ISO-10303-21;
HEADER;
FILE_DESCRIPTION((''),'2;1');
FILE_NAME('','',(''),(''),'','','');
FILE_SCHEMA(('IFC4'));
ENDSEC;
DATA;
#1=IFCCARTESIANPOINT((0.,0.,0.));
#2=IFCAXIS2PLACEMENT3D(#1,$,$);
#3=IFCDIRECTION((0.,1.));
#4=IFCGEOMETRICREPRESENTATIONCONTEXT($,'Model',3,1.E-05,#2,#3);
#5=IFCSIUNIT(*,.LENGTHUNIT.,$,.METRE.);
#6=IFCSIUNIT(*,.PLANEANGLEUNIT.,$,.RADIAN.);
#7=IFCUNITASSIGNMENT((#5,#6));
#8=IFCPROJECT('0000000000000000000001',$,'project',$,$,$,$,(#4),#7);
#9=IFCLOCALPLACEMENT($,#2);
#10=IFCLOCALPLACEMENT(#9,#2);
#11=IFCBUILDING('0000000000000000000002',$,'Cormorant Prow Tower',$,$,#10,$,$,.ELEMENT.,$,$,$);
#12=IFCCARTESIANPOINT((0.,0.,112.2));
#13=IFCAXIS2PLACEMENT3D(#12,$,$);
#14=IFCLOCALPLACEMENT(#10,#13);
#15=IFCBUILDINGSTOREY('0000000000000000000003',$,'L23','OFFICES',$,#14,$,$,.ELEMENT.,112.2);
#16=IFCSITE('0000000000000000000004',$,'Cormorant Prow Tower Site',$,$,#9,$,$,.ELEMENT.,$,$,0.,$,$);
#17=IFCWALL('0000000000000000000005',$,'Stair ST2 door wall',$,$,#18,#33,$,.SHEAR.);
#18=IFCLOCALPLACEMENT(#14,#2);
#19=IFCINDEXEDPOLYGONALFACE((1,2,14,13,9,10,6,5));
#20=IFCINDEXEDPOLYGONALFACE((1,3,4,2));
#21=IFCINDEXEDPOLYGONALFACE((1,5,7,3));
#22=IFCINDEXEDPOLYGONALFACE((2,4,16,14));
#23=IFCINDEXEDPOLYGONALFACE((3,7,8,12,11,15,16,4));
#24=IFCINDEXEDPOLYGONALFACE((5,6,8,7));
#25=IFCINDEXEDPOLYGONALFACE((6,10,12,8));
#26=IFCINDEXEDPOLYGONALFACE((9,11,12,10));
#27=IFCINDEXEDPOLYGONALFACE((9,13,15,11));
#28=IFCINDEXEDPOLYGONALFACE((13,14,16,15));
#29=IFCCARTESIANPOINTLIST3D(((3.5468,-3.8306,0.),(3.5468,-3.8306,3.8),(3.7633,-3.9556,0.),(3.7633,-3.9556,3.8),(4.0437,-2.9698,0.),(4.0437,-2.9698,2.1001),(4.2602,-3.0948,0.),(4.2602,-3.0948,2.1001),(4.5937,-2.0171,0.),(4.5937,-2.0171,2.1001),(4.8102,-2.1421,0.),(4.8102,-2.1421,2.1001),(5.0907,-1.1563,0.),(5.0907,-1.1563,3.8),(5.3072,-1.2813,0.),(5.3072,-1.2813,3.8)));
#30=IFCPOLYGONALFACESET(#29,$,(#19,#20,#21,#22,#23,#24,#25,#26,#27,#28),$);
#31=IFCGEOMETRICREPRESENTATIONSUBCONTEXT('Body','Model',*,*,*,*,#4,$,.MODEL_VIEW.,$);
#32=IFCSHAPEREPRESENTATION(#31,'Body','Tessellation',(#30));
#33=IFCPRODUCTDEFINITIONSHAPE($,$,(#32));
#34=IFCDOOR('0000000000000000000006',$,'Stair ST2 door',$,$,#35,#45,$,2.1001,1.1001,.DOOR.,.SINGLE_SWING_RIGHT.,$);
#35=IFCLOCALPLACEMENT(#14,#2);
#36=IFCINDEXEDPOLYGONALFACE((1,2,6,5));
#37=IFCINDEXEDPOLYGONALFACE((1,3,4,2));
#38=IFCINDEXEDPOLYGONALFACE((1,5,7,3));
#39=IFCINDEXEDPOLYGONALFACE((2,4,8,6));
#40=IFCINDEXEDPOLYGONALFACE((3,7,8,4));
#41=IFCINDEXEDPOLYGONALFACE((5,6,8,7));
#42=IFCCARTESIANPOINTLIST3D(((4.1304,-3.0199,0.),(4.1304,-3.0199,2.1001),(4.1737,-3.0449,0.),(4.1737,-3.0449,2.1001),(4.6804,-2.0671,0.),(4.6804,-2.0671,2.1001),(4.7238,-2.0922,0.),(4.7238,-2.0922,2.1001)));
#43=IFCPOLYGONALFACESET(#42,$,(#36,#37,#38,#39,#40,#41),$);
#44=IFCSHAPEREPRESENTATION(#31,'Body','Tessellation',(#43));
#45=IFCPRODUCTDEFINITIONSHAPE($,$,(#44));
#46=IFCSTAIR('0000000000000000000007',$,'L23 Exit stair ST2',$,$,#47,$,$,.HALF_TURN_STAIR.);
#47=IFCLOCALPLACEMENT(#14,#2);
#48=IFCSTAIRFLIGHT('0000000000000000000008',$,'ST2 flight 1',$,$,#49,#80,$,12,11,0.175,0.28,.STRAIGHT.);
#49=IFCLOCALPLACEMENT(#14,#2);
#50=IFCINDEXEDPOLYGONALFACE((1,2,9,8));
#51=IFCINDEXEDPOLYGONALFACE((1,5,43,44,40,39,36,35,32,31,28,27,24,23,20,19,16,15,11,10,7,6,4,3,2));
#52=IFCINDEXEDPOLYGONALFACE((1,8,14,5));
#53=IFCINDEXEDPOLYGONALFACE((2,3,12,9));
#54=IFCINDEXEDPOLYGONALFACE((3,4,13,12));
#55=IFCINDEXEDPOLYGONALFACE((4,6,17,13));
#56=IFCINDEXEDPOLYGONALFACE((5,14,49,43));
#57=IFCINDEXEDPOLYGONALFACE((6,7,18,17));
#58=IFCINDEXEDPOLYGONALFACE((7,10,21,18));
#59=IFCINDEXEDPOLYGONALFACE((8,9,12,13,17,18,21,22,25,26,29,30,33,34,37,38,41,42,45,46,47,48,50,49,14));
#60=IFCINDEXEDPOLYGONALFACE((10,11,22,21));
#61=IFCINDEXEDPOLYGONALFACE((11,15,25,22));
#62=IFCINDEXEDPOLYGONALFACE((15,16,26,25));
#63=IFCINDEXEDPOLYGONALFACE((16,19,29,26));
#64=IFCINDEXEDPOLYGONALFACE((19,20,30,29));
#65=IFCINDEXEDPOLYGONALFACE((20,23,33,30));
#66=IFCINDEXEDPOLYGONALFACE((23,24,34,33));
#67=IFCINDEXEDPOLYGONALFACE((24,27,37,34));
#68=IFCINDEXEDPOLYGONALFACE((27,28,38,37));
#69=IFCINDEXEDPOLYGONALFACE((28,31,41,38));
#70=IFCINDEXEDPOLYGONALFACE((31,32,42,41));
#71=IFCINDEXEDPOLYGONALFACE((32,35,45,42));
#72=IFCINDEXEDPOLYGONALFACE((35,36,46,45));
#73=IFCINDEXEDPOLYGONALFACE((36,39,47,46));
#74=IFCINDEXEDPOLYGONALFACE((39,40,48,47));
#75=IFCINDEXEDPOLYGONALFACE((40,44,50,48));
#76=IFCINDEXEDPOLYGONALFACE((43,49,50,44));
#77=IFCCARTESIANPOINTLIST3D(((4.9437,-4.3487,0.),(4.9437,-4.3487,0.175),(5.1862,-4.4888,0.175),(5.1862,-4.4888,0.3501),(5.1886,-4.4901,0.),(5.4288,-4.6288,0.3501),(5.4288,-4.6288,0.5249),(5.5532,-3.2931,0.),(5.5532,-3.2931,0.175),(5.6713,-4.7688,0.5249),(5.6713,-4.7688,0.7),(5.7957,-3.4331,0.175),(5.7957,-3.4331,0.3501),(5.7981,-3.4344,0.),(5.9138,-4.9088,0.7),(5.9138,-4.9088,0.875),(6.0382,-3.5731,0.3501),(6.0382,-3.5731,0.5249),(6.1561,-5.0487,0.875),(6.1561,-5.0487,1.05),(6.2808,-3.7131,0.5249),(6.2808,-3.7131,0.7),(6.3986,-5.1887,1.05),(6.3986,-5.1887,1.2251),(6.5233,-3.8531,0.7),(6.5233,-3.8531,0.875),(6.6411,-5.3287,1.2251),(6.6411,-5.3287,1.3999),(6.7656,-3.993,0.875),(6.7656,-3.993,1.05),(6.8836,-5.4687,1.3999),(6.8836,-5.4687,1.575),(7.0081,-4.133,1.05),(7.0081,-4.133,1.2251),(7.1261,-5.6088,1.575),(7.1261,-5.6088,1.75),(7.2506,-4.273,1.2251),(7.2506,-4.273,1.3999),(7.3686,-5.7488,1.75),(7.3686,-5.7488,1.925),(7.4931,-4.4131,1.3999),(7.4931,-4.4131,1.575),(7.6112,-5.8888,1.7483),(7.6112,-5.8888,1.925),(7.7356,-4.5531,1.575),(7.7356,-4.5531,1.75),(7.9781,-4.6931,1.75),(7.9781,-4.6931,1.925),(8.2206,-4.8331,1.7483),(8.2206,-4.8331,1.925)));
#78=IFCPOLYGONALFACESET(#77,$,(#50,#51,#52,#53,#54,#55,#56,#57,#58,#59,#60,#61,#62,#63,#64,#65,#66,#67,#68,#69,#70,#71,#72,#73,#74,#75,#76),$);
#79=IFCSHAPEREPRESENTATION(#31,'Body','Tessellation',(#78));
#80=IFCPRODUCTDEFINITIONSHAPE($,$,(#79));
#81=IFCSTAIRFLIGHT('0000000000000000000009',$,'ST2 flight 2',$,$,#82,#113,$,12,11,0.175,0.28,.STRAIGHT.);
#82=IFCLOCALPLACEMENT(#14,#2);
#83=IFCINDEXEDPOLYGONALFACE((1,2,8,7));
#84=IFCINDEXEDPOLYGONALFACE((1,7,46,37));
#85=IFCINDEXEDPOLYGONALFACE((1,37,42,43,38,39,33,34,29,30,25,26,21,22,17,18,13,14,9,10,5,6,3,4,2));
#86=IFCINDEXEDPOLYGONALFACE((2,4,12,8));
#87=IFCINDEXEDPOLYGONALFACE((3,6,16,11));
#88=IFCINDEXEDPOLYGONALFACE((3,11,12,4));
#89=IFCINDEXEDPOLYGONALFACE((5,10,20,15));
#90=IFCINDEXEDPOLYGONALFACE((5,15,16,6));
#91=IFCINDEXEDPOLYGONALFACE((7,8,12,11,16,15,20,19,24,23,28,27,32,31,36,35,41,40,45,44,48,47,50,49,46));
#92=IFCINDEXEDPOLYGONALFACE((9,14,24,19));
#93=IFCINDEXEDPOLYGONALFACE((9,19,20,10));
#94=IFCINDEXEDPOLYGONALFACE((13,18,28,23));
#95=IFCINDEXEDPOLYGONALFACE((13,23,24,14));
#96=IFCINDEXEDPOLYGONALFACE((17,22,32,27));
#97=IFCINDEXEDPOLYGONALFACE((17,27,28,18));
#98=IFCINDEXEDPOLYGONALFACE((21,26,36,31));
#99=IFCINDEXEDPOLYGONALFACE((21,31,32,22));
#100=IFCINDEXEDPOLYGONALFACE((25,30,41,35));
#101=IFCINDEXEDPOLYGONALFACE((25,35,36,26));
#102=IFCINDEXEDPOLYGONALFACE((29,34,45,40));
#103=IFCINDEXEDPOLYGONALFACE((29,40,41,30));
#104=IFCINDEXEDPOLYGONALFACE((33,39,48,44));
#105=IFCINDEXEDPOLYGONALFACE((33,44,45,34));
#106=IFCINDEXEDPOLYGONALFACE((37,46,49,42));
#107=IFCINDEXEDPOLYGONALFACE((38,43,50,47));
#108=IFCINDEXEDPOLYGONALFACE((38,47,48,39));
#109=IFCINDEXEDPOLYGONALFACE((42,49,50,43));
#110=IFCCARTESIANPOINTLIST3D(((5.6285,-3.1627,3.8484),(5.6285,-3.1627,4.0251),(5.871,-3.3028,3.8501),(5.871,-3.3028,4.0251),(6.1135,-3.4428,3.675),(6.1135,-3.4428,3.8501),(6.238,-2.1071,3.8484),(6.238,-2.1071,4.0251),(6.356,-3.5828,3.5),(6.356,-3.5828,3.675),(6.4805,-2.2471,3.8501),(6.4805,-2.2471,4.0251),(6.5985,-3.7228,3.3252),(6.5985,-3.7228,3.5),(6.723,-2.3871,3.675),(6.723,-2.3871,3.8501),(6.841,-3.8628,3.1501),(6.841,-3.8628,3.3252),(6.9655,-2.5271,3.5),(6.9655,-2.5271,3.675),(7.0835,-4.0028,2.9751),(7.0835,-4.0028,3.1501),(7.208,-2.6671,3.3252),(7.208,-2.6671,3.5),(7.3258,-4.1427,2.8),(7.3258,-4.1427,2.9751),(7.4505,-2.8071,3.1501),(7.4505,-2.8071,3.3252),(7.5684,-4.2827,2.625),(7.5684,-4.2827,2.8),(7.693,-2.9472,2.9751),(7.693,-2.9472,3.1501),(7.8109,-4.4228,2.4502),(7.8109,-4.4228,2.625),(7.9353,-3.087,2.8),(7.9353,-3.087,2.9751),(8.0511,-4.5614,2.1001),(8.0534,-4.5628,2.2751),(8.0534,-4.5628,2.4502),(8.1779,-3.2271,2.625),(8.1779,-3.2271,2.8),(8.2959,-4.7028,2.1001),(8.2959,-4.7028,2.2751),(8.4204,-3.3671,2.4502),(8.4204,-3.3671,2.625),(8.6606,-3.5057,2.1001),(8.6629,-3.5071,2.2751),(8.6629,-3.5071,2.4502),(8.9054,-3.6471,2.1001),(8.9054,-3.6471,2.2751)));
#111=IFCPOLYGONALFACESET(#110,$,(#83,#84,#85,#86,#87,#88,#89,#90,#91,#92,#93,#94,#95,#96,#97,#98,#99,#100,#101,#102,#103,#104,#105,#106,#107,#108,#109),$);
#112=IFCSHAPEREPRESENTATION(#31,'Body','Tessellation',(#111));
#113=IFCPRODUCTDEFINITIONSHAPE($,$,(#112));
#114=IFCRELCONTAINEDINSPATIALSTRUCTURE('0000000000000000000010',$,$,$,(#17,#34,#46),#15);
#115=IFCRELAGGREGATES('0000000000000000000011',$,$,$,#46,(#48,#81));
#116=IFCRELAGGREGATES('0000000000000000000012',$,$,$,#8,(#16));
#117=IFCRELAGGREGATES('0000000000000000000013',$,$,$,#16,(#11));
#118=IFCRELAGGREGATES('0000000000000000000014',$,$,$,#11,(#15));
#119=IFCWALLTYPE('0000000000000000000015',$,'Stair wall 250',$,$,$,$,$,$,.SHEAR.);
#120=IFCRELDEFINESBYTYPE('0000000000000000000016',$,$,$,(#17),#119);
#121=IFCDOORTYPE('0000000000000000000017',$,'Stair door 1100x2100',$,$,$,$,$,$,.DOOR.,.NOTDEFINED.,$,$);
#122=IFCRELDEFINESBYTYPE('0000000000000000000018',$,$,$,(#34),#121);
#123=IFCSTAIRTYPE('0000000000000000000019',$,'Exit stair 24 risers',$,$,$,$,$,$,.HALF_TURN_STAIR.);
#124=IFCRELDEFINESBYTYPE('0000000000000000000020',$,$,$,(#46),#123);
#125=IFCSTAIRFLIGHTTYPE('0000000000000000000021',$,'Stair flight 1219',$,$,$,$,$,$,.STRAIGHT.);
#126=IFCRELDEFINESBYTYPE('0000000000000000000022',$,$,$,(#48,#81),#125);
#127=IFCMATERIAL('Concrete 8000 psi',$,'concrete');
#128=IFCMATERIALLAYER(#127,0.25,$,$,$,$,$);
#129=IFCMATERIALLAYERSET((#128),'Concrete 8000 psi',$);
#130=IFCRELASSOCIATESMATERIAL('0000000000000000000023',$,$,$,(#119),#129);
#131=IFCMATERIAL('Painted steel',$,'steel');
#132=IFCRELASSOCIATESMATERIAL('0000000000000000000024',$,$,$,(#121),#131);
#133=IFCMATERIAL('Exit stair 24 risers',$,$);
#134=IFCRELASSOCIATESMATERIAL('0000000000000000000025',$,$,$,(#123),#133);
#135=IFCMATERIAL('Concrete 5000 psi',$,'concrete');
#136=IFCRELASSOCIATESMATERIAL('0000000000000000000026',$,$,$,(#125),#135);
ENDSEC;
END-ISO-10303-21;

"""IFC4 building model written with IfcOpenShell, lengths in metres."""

from ifc_helpers import new_model, si_unit, direction, frame, frame_2d, origin, place, context, subcontext, project, spatial, polyline, rectangle, outline, extrude, material, layer, layer_set, type_object, element, fill, aggregate, save


model = new_model("IFC4")

# Units and contexts
model_context = context("Model", 3, precision=1e-05, world=origin(), true_north=direction((0.0, 1.0)))
body_context = subcontext(model_context, "Body", "Model", "MODEL_VIEW")
ifc_project = project(units=[si_unit("LENGTHUNIT", "METRE"), si_unit("PLANEANGLEUNIT", "RADIAN")], contexts=[model_context])

# Site, building, storey
site_placement = place(None, origin())
site = spatial("IfcSite", under=ifc_project, at=site_placement, Name="Cormorant Prow Tower Site", CompositionType="ELEMENT", RefElevation=0.0)
building_placement = place(site_placement, origin())
building = spatial("IfcBuilding", under=site, at=building_placement, Name="Cormorant Prow Tower", CompositionType="ELEMENT")
storey_placement = place(building_placement, frame((0.0, 0.0, 112.2)))
storey = spatial("IfcBuildingStorey", under=building, at=storey_placement, Name="L23", Description="OFFICES", CompositionType="ELEMENT", Elevation=112.2)

# Wall, opening, door
ifc_material_1 = material(Name="Concrete 8000 psi", Category="concrete")
ifc_layer_1 = layer(ifc_material_1, 0.25)
ifc_layer_set_1 = layer_set([ifc_layer_1], Name="Concrete 8000 psi")
wall_type_1 = type_object("IfcWallType", Name="Stair wall 250", PredefinedType="SHEAR", material=ifc_layer_set_1)
wall_1_placement = place(storey_placement, frame((3.655, -3.8931, 0.0), z_axis=(0.0, 0.0, 1.0), x_axis=(0.499983, 0.866035, 0.0)))
wall_1 = element("IfcWall", 1, at=wall_1_placement, inside=storey, type_object=wall_type_1, Name="Stair ST2 door wall", PredefinedType="SHEAR", context=body_context, shape_type="SweptSolid", body=[
    extrude(rectangle(XDim=3.0879, YDim=0.25, at=frame_2d((1.5439, 0.0))), origin(), (0.0, 0.0, 1.0), 3.8),
])
opening_1_placement = place(wall_1_placement, frame((0.9939, 0.0, 0.0)))
opening_1 = element("IfcOpeningElement", 2, at=opening_1_placement, cuts=wall_1, PredefinedType="OPENING", context=body_context, shape_type="SweptSolid", body=[
    extrude(rectangle(XDim=1.1001, YDim=2.1001, at=frame_2d((0.55, 1.05))), frame((0.0, 0.135, 0.0), z_axis=(0.0, -1.0, 0.0), x_axis=(1.0, 0.0, 0.0)), (0.0, 0.0, 1.0), 0.27),
])
ifc_material_2 = material(Name="Painted steel", Category="steel")
door_type_1 = type_object("IfcDoorType", Name="Stair door 1100x2100", OperationType="NOTDEFINED", PredefinedType="DOOR", material=ifc_material_2)
door_1_placement = place(opening_1_placement, origin())
door_1 = element("IfcDoor", 3, at=door_1_placement, inside=storey, type_object=door_type_1, Name="Stair ST2 door", OperationType="SINGLE_SWING_RIGHT", OverallHeight=2.1001, OverallWidth=1.1001, PredefinedType="DOOR", context=body_context, shape_type="SweptSolid", body=[
    extrude(rectangle(XDim=1.1001, YDim=2.1001, at=frame_2d((0.55, 1.05))), frame((0.0, 0.0249, 0.0), z_axis=(0.0, -1.0, 0.0), x_axis=(1.0, 0.0, 0.0)), (0.0, 0.0, 1.0), 0.05),
])
fill(opening_1, door_1)

# Stair, stair flights
ifc_material_3 = material(Name="Exit stair 24 risers")
stair_type = type_object("IfcStairType", Name="Exit stair 24 risers", PredefinedType="HALF_TURN_STAIR", material=ifc_material_3)
stair_placement = place(storey_placement, origin())
stair = element("IfcStair", 4, at=stair_placement, inside=storey, type_object=stair_type, Name="L23 Exit stair ST2", PredefinedType="HALF_TURN_STAIR")
ifc_material_4 = material(Name="Concrete 5000 psi", Category="concrete")
stair_flight_type = type_object("IfcStairFlightType", Name="Stair flight 1219", PredefinedType="STRAIGHT", material=ifc_material_4)
stair_flight_1_placement = place(storey_placement, frame((5.2485, -3.8208, 0.0), z_axis=(0.0, 0.0, 1.0), x_axis=(0.866025, -0.5, 0.0)))
stair_flight_1 = element("IfcStairFlight", 5, at=stair_flight_1_placement, type_object=stair_flight_type, Name="ST2 flight 1", NumberOfRisers=12, NumberOfTreads=11, PredefinedType="STRAIGHT", RiserHeight=0.175, TreadLength=0.28, context=body_context, shape_type="SweptSolid", body=[
    extrude(outline(polyline([(0.0, 0.0), (0.0, 0.175), (0.28, 0.175), (0.28, 0.3501), (0.5601, 0.3501), (0.5601, 0.5249), (0.8401, 0.5249), (0.8401, 0.7), (1.1201, 0.7), (1.1201, 0.875), (1.3999, 0.875), (1.3999, 1.05), (1.6799, 1.05), (1.6799, 1.2251), (1.96, 1.2251), (1.96, 1.3999), (2.24, 1.3999), (2.24, 1.575), (2.52, 1.575), (2.52, 1.75), (2.8, 1.75), (2.8, 1.925), (3.0801, 1.925), (3.0801, 2.1001), (3.0801, 1.7483), (0.2827, 0.0), (0.0, 0.0)])), frame((0.0, 0.6094, 0.0), z_axis=(0.0, -1.0, 0.0), x_axis=(1.0, 0.0, 0.0)), (0.0, 0.0, 1.0), 1.219),
])
stair_flight_2_placement = place(storey_placement, frame((8.6006, -4.175, 2.1001), z_axis=(0.0, 0.0, 1.0), x_axis=(-0.866025, 0.5, 0.0)))
stair_flight_2 = element("IfcStairFlight", 6, at=stair_flight_2_placement, type_object=stair_flight_type, Name="ST2 flight 2", NumberOfRisers=12, NumberOfTreads=11, PredefinedType="STRAIGHT", RiserHeight=0.175, TreadLength=0.28, context=body_context, shape_type="SweptSolid", body=[
    extrude(outline(polyline([(0.0, 0.0), (0.0, 0.175), (0.28, 0.175), (0.28, 0.3501), (0.5601, 0.3501), (0.5601, 0.5249), (0.8401, 0.5249), (0.8401, 0.7), (1.1201, 0.7), (1.1201, 0.875), (1.3999, 0.875), (1.3999, 1.05), (1.6799, 1.05), (1.6799, 1.2251), (1.96, 1.2251), (1.96, 1.3999), (2.24, 1.3999), (2.24, 1.575), (2.52, 1.575), (2.52, 1.75), (2.8, 1.75), (2.8, 1.925), (3.0801, 1.925), (3.0801, 2.1001), (3.0801, 1.7483), (0.2827, 0.0), (0.0, 0.0)])), frame((0.0, 0.6094, 0.0), z_axis=(0.0, -1.0, 0.0), x_axis=(1.0, 0.0, 0.0)), (0.0, 0.0, 1.0), 1.219),
])
aggregate(stair, [stair_flight_1, stair_flight_2])

save(model, "model.ifc")
